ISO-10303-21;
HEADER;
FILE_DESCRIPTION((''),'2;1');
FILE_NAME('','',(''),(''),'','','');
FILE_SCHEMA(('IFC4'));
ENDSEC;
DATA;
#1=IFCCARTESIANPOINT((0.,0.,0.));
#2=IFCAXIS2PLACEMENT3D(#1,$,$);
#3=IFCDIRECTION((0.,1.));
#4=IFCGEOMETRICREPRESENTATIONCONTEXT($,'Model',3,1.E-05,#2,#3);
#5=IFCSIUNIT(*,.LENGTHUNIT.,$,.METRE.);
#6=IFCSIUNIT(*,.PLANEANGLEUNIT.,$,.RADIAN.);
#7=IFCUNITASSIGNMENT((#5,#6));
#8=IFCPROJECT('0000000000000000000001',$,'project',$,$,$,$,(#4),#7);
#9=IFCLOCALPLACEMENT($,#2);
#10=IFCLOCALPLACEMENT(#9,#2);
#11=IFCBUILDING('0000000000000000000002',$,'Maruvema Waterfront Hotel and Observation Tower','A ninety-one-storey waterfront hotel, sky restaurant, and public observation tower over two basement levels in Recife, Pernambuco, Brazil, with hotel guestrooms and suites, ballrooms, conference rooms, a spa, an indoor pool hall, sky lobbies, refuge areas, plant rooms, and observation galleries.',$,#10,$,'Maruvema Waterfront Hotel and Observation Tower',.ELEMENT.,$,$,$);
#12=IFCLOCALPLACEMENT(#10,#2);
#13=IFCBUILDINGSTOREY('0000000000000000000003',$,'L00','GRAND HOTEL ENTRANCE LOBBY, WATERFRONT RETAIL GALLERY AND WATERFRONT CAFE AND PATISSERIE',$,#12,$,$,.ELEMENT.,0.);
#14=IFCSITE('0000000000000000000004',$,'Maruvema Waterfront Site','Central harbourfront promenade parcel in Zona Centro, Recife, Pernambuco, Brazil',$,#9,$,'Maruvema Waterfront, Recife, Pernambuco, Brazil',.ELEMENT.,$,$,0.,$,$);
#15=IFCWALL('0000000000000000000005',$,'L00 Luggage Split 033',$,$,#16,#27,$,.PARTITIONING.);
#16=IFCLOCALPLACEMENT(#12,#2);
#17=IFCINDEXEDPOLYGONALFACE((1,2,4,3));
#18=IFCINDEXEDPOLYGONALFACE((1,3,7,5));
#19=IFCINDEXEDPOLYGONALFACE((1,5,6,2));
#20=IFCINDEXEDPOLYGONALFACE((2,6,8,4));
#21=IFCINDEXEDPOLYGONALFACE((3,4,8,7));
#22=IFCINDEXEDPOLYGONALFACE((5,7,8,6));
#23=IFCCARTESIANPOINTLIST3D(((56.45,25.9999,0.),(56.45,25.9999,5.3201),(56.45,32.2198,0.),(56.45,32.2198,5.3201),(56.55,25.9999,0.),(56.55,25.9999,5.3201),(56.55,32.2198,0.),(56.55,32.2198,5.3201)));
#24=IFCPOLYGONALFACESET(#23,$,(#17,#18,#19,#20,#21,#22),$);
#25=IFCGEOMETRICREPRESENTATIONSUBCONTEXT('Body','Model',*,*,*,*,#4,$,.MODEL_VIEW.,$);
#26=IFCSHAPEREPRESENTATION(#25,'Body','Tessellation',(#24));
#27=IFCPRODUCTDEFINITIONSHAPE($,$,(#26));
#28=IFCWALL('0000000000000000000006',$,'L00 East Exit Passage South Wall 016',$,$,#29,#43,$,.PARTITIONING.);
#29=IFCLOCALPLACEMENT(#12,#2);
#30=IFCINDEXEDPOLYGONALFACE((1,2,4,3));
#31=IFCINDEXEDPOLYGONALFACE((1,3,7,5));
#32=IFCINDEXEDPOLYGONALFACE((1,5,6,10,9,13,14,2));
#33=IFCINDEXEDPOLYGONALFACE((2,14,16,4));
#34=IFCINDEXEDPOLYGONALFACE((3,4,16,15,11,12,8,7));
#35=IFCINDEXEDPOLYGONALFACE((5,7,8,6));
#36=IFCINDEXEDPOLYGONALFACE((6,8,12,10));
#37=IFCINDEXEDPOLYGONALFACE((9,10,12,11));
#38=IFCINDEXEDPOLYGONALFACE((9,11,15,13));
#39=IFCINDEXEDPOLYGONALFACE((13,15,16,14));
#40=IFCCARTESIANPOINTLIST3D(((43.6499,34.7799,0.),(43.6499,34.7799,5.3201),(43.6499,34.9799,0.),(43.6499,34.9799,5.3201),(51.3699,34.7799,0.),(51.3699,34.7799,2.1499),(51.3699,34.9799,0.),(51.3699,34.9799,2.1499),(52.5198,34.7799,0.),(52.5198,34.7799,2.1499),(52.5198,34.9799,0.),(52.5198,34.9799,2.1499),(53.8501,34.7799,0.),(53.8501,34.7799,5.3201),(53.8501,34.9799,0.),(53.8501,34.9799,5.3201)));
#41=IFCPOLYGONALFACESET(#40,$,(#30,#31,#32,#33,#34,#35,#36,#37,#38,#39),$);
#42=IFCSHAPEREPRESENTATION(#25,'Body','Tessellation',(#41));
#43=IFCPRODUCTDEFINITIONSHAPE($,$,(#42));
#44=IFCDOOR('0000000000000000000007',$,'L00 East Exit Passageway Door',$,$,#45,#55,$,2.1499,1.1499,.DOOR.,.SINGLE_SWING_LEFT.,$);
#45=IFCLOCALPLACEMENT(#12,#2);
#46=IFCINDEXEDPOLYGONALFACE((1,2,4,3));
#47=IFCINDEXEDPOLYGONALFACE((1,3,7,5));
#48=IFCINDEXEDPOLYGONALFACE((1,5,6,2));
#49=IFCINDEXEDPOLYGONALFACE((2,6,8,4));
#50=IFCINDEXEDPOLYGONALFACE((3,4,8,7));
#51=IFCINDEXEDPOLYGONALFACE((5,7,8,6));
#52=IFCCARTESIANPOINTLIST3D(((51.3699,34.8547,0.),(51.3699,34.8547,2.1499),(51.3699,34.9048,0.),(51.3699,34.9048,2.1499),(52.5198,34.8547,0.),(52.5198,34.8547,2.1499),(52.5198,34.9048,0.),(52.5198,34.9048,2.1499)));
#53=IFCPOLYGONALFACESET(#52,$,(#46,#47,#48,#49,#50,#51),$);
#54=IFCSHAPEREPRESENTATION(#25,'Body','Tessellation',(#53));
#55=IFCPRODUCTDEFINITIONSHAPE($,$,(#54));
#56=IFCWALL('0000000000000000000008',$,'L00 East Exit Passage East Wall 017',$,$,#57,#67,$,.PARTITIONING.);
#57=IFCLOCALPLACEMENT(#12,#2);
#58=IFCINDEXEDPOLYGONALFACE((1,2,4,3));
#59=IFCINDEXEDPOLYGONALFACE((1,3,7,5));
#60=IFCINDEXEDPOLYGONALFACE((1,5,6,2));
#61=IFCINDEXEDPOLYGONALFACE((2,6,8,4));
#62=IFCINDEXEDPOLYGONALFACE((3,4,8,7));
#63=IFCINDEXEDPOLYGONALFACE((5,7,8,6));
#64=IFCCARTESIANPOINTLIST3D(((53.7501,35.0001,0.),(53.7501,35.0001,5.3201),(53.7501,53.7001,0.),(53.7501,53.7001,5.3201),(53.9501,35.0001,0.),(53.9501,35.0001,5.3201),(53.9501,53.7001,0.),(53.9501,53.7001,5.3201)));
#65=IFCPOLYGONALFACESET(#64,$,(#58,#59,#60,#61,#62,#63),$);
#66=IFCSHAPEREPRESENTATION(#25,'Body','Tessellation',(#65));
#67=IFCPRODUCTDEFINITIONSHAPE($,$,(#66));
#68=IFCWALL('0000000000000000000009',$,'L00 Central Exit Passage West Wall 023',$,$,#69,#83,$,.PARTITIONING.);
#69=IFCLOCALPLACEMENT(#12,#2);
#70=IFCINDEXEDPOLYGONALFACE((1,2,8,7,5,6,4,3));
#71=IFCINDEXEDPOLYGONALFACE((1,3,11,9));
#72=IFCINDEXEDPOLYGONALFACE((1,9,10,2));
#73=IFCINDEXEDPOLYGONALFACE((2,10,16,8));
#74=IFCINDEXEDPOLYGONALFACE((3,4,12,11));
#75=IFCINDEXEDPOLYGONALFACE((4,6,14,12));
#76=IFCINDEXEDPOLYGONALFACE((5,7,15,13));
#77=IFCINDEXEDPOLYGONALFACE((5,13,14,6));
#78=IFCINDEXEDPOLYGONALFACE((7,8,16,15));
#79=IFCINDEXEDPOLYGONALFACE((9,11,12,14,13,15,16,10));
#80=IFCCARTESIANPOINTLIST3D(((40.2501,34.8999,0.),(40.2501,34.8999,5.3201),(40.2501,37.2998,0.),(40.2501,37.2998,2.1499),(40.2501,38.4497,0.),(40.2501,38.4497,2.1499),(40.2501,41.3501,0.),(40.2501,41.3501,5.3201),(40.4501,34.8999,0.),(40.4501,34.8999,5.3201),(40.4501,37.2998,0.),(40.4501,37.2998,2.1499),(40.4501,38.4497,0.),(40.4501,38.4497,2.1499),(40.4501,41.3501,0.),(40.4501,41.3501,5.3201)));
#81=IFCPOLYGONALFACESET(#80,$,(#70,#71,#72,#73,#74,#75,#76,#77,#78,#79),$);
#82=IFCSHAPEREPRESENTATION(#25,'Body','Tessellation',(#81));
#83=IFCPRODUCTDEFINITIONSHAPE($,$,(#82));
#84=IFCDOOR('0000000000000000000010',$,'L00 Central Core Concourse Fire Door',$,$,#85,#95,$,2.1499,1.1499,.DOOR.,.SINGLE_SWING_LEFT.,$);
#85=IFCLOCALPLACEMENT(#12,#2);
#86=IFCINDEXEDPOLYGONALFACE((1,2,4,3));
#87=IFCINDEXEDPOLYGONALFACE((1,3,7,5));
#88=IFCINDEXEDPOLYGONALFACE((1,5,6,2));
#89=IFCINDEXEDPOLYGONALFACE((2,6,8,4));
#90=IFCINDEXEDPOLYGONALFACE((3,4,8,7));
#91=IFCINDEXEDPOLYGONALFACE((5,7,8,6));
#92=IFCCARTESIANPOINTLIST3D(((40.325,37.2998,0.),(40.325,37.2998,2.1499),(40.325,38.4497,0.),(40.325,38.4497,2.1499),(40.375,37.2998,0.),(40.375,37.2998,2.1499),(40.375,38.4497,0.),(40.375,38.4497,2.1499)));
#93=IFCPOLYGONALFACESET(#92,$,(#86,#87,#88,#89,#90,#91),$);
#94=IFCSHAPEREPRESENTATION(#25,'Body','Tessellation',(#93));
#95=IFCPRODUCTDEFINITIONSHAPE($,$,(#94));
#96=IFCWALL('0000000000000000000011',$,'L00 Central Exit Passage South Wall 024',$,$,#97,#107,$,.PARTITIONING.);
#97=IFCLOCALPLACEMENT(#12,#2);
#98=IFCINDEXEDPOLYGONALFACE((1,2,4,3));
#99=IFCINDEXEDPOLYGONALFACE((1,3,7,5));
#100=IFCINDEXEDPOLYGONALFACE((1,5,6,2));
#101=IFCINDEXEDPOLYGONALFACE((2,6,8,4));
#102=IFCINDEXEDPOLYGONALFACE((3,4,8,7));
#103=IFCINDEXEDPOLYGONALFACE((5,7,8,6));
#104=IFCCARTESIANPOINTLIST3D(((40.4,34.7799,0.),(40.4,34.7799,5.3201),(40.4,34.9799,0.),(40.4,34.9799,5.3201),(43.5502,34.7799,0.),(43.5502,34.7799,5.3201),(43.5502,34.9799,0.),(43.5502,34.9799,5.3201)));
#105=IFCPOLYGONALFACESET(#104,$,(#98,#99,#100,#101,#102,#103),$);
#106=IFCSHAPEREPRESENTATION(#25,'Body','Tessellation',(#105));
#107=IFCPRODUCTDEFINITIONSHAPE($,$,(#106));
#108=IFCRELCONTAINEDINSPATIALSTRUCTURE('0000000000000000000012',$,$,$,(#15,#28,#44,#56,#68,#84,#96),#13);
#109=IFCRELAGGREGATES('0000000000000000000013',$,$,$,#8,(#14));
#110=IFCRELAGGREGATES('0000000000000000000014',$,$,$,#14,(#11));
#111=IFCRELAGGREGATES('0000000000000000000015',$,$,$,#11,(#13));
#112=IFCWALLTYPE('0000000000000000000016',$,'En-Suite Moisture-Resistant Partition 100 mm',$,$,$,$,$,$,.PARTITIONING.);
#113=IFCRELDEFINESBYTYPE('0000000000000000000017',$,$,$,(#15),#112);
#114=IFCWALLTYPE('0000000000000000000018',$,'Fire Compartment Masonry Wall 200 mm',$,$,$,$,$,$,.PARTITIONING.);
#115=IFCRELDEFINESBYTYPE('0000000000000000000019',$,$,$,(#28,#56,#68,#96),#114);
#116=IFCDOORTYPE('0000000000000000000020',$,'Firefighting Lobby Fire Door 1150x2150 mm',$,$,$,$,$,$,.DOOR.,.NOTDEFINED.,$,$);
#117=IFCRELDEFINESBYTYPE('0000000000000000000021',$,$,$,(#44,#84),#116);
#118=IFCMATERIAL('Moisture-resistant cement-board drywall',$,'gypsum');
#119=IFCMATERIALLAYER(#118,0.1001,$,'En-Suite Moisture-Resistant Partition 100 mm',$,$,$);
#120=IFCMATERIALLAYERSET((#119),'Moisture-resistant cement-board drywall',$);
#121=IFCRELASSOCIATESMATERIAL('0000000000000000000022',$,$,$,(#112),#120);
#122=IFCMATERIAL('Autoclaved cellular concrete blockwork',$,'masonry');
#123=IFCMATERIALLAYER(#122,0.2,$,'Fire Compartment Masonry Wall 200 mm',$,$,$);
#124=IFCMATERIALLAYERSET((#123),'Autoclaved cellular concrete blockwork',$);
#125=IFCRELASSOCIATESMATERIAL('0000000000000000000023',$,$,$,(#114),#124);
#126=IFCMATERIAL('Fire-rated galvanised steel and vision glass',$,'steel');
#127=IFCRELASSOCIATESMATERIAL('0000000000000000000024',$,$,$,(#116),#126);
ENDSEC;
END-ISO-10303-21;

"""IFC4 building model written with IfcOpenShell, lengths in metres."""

from ifc_helpers import new_model, si_unit, direction, frame, frame_2d, origin, place, context, subcontext, project, spatial, rectangle, extrude, material, layer, layer_set, type_object, element, fill, save


model = new_model("IFC4")

# Units and contexts
model_context = context("Model", 3, precision=1e-05, world=origin(), true_north=direction((0.0, 1.0)))
body_context = subcontext(model_context, "Body", "Model", "MODEL_VIEW")
ifc_project = project(units=[si_unit("LENGTHUNIT", "METRE"), si_unit("PLANEANGLEUNIT", "RADIAN")], contexts=[model_context])

# Site, building, storey
site_placement = place(None, origin())
site = spatial("IfcSite", under=ifc_project, at=site_placement, Name="Maruvema Waterfront Site", Description="Central harbourfront promenade parcel in Zona Centro, Recife, Pernambuco, Brazil", LongName="Maruvema Waterfront, Recife, Pernambuco, Brazil", CompositionType="ELEMENT", RefElevation=0.0)
building_placement = place(site_placement, origin())
building = spatial("IfcBuilding", under=site, at=building_placement, Name="Maruvema Waterfront Hotel and Observation Tower", Description="A ninety-one-storey waterfront hotel, sky restaurant, and public observation tower over two basement levels in Recife, Pernambuco, Brazil, with hotel guestrooms and suites, ballrooms, conference rooms, a spa, an indoor pool hall, sky lobbies, refuge areas, plant rooms, and observation galleries.", LongName="Maruvema Waterfront Hotel and Observation Tower", CompositionType="ELEMENT")
storey_placement = place(building_placement, origin())
storey = spatial("IfcBuildingStorey", under=building, at=storey_placement, Name="L00", Description="GRAND HOTEL ENTRANCE LOBBY, WATERFRONT RETAIL GALLERY AND WATERFRONT CAFE AND PATISSERIE", CompositionType="ELEMENT", Elevation=0.0)

# Wall
ifc_material_1 = material(Name="Moisture-resistant cement-board drywall", Category="gypsum")
ifc_layer_1 = layer(ifc_material_1, 0.1001, Name="En-Suite Moisture-Resistant Partition 100 mm")
ifc_layer_set_1 = layer_set([ifc_layer_1], Name="Moisture-resistant cement-board drywall")
wall_type_1 = type_object("IfcWallType", Name="En-Suite Moisture-Resistant Partition 100 mm", PredefinedType="PARTITIONING", material=ifc_layer_set_1)
wall_1_placement = place(storey_placement, frame((56.5, 26.0, 0.0), z_axis=(0.0, 0.0, 1.0), x_axis=(0.0, 1.0, 0.0)))
element("IfcWall", 1, at=wall_1_placement, inside=storey, type_object=wall_type_1, Name="L00 Luggage Split 033", PredefinedType="PARTITIONING", context=body_context, shape_type="SweptSolid", body=[
    extrude(rectangle(XDim=6.22, YDim=0.1001, at=frame_2d((3.1099, 0.0))), origin(), (0.0, 0.0, 1.0), 5.3201),
])

# Wall, opening, door
ifc_material_2 = material(Name="Autoclaved cellular concrete blockwork", Category="masonry")
ifc_layer_2 = layer(ifc_material_2, 0.2, Name="Fire Compartment Masonry Wall 200 mm")
ifc_layer_set_2 = layer_set([ifc_layer_2], Name="Autoclaved cellular concrete blockwork")
wall_type_2 = type_object("IfcWallType", Name="Fire Compartment Masonry Wall 200 mm", PredefinedType="PARTITIONING", material=ifc_layer_set_2)
wall_2_placement = place(storey_placement, frame((43.6499, 34.8799, 0.0), z_axis=(0.0, 0.0, 1.0), x_axis=(1.0, 0.0, 0.0)))
wall_2 = element("IfcWall", 2, at=wall_2_placement, inside=storey, type_object=wall_type_2, Name="L00 East Exit Passage South Wall 016", PredefinedType="PARTITIONING", context=body_context, shape_type="SweptSolid", body=[
    extrude(rectangle(XDim=10.2002, YDim=0.2, at=frame_2d((5.1001, 0.0))), origin(), (0.0, 0.0, 1.0), 5.3201),
])
opening_1_placement = place(wall_2_placement, frame((7.72, 0.0, 0.0)))
opening_1 = element("IfcOpeningElement", 3, at=opening_1_placement, cuts=wall_2, PredefinedType="OPENING", context=body_context, shape_type="SweptSolid", body=[
    extrude(rectangle(XDim=1.1499, YDim=2.1499, at=frame_2d((0.575, 1.075))), frame((0.0, 0.1099, 0.0), z_axis=(0.0, -1.0, 0.0), x_axis=(1.0, 0.0, 0.0)), (0.0, 0.0, 1.0), 0.22),
])
ifc_material_3 = material(Name="Fire-rated galvanised steel and vision glass", Category="steel")
door_type_1 = type_object("IfcDoorType", Name="Firefighting Lobby Fire Door 1150x2150 mm", OperationType="NOTDEFINED", PredefinedType="DOOR", material=ifc_material_3)
door_1_placement = place(opening_1_placement, origin())
door_1 = element("IfcDoor", 4, at=door_1_placement, inside=storey, type_object=door_type_1, Name="L00 East Exit Passageway Door", OperationType="SINGLE_SWING_LEFT", OverallHeight=2.1499, OverallWidth=1.1499, PredefinedType="DOOR", context=body_context, shape_type="SweptSolid", body=[
    extrude(rectangle(XDim=1.1499, YDim=2.1499, at=frame_2d((0.575, 1.075))), frame((0.0, 0.0249, 0.0), z_axis=(0.0, -1.0, 0.0), x_axis=(1.0, 0.0, 0.0)), (0.0, 0.0, 1.0), 0.05),
])
fill(opening_1, door_1)

# Wall
wall_3_placement = place(storey_placement, frame((53.8501, 35.0, 0.0), z_axis=(0.0, 0.0, 1.0), x_axis=(0.0, 1.0, 0.0)))
element("IfcWall", 5, at=wall_3_placement, inside=storey, type_object=wall_type_2, Name="L00 East Exit Passage East Wall 017", PredefinedType="PARTITIONING", context=body_context, shape_type="SweptSolid", body=[
    extrude(rectangle(XDim=18.7, YDim=0.2, at=frame_2d((9.3501, 0.0))), origin(), (0.0, 0.0, 1.0), 5.3201),
])

# Wall, opening, door
wall_4_placement = place(storey_placement, frame((40.3501, 34.8999, 0.0), z_axis=(0.0, 0.0, 1.0), x_axis=(0.0, 1.0, 0.0)))
wall_4 = element("IfcWall", 6, at=wall_4_placement, inside=storey, type_object=wall_type_2, Name="L00 Central Exit Passage West Wall 023", PredefinedType="PARTITIONING", context=body_context, shape_type="SweptSolid", body=[
    extrude(rectangle(XDim=6.4502, YDim=0.2, at=frame_2d((3.2251, 0.0))), origin(), (0.0, 0.0, 1.0), 5.3201),
])
opening_2_placement = place(wall_4_placement, frame((2.3999, 0.0, 0.0)))
opening_2 = element("IfcOpeningElement", 7, at=opening_2_placement, cuts=wall_4, PredefinedType="OPENING", context=body_context, shape_type="SweptSolid", body=[
    extrude(rectangle(XDim=1.1499, YDim=2.1499, at=frame_2d((0.575, 1.075))), frame((0.0, 0.1099, 0.0), z_axis=(0.0, -1.0, 0.0), x_axis=(1.0, 0.0, 0.0)), (0.0, 0.0, 1.0), 0.22),
])
door_2_placement = place(opening_2_placement, frame((1.1499, 0.0, 0.0), z_axis=(0.0, 0.0, 1.0), x_axis=(-1.0, 0.0, 0.0)))
door_2 = element("IfcDoor", 8, at=door_2_placement, inside=storey, type_object=door_type_1, Name="L00 Central Core Concourse Fire Door", OperationType="SINGLE_SWING_LEFT", OverallHeight=2.1499, OverallWidth=1.1499, PredefinedType="DOOR", context=body_context, shape_type="SweptSolid", body=[
    extrude(rectangle(XDim=1.1499, YDim=2.1499, at=frame_2d((0.575, 1.075))), frame((0.0, 0.0249, 0.0), z_axis=(0.0, -1.0, 0.0), x_axis=(1.0, 0.0, 0.0)), (0.0, 0.0, 1.0), 0.05),
])
fill(opening_2, door_2)

# Wall
wall_5_placement = place(storey_placement, frame((40.3999, 34.8799, 0.0), z_axis=(0.0, 0.0, 1.0), x_axis=(1.0, 0.0, 0.0)))
element("IfcWall", 9, at=wall_5_placement, inside=storey, type_object=wall_type_2, Name="L00 Central Exit Passage South Wall 024", PredefinedType="PARTITIONING", context=body_context, shape_type="SweptSolid", body=[
    extrude(rectangle(XDim=3.1501, YDim=0.2, at=frame_2d((1.5752, 0.0))), origin(), (0.0, 0.0, 1.0), 5.3201),
])

save(model, "model.ifc")
